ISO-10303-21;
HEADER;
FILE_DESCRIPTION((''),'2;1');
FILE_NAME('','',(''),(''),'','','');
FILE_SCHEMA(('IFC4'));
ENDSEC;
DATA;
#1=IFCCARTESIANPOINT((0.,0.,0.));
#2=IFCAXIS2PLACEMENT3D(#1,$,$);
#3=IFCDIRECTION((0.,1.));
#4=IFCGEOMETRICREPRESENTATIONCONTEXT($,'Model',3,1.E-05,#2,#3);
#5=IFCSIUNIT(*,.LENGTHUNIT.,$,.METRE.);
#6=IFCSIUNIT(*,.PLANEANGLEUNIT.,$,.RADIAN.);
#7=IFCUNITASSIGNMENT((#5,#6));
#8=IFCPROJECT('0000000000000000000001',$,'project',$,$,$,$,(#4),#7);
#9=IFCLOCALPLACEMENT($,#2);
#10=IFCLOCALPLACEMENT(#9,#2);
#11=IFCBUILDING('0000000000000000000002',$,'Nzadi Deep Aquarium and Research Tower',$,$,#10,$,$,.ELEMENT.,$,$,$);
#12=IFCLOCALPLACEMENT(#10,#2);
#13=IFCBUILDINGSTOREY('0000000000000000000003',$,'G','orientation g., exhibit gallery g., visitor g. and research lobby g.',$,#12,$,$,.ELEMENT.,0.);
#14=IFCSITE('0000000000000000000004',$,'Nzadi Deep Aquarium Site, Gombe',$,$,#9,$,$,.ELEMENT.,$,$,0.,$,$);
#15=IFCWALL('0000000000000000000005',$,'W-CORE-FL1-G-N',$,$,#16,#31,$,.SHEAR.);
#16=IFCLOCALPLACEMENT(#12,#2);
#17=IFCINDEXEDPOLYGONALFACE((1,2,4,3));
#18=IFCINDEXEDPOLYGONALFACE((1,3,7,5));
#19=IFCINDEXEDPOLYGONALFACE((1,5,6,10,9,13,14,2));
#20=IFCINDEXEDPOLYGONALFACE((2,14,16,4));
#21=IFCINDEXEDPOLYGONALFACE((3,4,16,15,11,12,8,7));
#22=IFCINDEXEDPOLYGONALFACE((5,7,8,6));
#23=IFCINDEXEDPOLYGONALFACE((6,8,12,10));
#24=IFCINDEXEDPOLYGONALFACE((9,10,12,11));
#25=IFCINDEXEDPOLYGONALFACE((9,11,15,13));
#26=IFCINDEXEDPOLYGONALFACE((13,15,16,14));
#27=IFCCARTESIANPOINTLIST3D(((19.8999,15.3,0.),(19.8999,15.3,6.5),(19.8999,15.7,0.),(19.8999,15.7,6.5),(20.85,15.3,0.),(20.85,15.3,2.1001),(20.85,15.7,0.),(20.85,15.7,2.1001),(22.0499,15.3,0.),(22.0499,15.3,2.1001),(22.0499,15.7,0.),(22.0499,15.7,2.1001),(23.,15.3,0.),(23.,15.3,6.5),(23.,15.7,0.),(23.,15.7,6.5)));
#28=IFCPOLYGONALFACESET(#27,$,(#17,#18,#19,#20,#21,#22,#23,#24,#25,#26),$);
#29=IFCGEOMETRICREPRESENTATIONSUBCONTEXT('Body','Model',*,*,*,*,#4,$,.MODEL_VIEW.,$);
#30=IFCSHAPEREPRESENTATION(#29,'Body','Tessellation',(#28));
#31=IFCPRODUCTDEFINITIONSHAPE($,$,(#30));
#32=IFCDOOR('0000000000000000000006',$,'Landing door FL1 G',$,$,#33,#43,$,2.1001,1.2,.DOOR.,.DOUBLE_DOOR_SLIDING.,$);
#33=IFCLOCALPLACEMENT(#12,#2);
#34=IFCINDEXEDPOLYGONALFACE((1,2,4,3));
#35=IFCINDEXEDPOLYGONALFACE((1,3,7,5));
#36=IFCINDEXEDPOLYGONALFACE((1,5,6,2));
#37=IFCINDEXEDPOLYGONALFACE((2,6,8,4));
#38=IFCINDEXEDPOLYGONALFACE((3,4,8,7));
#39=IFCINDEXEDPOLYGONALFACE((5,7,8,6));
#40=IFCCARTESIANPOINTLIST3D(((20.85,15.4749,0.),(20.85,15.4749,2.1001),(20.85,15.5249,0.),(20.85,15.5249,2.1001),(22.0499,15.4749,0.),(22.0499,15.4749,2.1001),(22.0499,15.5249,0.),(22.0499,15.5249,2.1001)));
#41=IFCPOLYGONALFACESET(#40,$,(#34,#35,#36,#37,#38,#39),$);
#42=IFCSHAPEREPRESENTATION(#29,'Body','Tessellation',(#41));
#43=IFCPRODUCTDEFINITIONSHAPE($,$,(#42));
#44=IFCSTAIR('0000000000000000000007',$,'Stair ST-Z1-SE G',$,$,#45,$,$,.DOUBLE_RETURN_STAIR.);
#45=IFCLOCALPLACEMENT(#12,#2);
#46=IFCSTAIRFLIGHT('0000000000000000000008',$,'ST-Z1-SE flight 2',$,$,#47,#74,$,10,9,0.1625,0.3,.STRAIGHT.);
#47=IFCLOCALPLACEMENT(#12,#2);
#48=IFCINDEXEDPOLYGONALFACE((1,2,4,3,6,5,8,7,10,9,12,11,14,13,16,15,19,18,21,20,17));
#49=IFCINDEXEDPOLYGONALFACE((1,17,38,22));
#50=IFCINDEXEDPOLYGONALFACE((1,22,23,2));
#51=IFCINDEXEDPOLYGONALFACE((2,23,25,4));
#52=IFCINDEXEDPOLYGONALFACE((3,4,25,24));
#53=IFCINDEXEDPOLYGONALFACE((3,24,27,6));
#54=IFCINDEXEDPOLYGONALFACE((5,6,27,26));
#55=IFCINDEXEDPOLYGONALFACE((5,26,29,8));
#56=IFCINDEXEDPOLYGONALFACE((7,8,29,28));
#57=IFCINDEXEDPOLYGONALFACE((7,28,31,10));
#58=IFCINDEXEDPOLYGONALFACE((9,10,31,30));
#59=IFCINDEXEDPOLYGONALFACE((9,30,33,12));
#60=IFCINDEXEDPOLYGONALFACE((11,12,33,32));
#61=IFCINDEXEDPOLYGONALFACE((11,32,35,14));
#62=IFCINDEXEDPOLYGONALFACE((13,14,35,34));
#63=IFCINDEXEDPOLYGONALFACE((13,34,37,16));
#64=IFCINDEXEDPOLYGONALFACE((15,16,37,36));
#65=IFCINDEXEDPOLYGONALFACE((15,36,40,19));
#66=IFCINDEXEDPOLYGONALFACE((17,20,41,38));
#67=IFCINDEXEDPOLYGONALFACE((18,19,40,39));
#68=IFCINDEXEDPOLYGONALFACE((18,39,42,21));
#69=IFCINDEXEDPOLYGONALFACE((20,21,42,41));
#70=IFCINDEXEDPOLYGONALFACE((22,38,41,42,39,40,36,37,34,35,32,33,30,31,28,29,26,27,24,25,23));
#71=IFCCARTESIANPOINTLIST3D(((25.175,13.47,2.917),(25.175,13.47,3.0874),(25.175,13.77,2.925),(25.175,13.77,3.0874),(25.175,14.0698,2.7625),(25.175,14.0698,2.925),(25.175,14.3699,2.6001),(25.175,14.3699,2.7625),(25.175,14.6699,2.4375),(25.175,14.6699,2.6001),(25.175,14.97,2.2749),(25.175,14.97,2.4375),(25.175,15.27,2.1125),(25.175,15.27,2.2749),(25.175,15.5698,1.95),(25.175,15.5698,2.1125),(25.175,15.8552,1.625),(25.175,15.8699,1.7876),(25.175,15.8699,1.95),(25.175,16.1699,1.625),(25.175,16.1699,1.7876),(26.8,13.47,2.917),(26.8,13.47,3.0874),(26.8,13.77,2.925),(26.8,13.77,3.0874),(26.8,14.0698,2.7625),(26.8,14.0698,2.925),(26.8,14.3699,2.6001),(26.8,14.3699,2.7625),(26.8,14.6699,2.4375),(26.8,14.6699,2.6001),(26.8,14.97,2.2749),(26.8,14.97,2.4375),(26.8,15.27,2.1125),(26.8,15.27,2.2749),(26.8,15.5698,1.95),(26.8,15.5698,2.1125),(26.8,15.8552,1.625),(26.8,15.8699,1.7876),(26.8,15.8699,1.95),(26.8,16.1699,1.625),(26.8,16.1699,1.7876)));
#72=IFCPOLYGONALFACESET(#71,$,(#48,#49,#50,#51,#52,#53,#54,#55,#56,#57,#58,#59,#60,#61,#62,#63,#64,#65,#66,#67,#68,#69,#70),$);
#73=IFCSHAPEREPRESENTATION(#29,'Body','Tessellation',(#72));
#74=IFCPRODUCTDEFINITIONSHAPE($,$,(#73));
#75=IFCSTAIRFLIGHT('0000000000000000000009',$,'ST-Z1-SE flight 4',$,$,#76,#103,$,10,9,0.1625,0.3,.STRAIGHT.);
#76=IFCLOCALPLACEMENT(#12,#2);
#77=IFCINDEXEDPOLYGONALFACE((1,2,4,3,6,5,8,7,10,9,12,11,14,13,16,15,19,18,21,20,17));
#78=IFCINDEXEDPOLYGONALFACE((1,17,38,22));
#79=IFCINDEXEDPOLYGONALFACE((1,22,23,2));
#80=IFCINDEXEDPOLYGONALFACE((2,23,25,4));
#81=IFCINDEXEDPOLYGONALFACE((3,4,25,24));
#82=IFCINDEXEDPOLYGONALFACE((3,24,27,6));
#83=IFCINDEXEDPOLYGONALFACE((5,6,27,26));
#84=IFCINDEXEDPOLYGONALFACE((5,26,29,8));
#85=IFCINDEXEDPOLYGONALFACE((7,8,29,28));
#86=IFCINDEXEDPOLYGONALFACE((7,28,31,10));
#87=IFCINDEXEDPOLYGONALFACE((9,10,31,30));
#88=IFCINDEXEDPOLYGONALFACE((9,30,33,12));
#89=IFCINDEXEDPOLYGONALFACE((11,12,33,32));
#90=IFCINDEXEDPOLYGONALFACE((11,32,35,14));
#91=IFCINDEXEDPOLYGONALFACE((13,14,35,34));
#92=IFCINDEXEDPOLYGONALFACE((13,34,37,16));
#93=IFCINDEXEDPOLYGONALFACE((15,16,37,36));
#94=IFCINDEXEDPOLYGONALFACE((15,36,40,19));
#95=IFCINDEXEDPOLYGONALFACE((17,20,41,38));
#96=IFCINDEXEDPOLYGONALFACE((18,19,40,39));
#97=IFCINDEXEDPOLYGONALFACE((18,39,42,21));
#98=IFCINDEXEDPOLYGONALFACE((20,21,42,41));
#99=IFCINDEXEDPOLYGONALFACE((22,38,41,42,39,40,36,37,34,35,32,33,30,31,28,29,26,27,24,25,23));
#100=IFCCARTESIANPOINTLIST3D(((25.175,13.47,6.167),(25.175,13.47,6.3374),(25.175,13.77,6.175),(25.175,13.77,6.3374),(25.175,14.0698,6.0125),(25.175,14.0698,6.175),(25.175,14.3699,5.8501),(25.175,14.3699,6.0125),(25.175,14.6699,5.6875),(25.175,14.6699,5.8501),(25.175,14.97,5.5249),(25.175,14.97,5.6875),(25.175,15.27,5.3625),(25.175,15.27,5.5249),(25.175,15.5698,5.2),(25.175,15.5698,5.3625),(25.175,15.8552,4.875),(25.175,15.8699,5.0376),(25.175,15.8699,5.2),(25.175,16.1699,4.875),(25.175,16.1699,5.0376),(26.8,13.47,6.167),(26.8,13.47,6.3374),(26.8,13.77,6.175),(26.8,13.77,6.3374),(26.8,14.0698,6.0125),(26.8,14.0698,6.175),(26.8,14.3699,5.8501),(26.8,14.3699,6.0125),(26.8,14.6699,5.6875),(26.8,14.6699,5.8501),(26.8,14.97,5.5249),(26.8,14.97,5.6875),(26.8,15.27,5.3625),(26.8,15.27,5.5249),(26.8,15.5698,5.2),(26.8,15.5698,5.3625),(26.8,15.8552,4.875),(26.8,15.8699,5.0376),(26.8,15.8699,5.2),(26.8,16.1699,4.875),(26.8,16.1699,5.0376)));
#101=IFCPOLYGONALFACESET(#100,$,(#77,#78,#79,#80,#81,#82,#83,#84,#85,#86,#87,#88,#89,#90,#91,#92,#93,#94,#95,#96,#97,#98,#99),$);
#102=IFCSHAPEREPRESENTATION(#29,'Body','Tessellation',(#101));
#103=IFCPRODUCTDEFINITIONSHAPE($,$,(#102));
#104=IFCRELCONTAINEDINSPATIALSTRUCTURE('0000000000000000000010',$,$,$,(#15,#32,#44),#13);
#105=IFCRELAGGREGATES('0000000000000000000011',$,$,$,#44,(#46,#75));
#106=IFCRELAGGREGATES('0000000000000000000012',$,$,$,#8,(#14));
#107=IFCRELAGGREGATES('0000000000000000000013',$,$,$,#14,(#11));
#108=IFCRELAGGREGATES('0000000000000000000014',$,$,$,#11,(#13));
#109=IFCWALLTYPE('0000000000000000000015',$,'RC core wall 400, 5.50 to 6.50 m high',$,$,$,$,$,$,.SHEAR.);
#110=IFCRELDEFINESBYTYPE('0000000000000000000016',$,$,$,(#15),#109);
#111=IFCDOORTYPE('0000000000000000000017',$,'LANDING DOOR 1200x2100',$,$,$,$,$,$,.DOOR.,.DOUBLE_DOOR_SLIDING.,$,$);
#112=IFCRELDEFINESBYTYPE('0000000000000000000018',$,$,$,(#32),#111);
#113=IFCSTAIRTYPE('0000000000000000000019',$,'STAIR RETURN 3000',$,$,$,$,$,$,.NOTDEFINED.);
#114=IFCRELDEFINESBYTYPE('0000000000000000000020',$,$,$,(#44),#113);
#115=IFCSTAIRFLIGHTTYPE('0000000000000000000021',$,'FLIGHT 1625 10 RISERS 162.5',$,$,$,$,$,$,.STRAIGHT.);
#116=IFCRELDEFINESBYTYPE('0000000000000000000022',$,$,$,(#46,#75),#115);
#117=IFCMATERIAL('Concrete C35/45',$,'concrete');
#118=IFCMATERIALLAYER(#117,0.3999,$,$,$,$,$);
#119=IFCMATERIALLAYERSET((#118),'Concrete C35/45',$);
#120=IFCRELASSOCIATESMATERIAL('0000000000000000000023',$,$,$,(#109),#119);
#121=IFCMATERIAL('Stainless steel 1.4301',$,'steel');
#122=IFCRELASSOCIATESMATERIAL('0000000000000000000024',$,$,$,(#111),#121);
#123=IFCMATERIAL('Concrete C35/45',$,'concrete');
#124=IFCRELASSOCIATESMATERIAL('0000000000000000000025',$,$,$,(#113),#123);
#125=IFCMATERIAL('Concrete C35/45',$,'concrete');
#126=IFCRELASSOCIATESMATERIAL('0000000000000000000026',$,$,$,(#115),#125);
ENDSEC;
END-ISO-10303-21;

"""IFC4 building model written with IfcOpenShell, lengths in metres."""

from ifc_helpers import new_model, si_unit, direction, frame, frame_2d, origin, place, context, subcontext, project, spatial, polyline, rectangle, outline, extrude, material, layer, layer_set, type_object, element, fill, aggregate, save


model = new_model("IFC4")

# Units and contexts
model_context = context("Model", 3, precision=1e-05, world=origin(), true_north=direction((0.0, 1.0)))
body_context = subcontext(model_context, "Body", "Model", "MODEL_VIEW")
ifc_project = project(units=[si_unit("LENGTHUNIT", "METRE"), si_unit("PLANEANGLEUNIT", "RADIAN")], contexts=[model_context])

# Site, building, storey
site_placement = place(None, origin())
site = spatial("IfcSite", under=ifc_project, at=site_placement, Name="Nzadi Deep Aquarium Site, Gombe", CompositionType="ELEMENT", RefElevation=0.0)
building_placement = place(site_placement, origin())
building = spatial("IfcBuilding", under=site, at=building_placement, Name="Nzadi Deep Aquarium and Research Tower", CompositionType="ELEMENT")
storey_placement = place(building_placement, origin())
storey = spatial("IfcBuildingStorey", under=building, at=storey_placement, Name="G", Description="orientation g., exhibit gallery g., visitor g. and research lobby g.", CompositionType="ELEMENT", Elevation=0.0)

# Shared definitions
ifc_material_1 = material(Name="Concrete C35/45", Category="concrete")
ifc_layer_1 = layer(ifc_material_1, 0.3999)
ifc_layer_set_1 = layer_set([ifc_layer_1], Name="Concrete C35/45")
wall_type_1 = type_object("IfcWallType", Name="RC core wall 400, 5.50 to 6.50 m high", PredefinedType="SHEAR", material=ifc_layer_set_1)

# Wall, opening, door
wall_1_placement = place(storey_placement, frame((19.8999, 15.5, 0.0), z_axis=(0.0, 0.0, 1.0), x_axis=(1.0, 0.0, 0.0)))
wall_1 = element("IfcWall", 1, at=wall_1_placement, inside=storey, type_object=wall_type_1, Name="W-CORE-FL1-G-N", PredefinedType="SHEAR", context=body_context, shape_type="SweptSolid", body=[
    extrude(rectangle(XDim=3.1001, YDim=0.3999, at=frame_2d((1.55, 0.0))), origin(), (0.0, 0.0, 1.0), 6.5),
])
opening_1_placement = place(wall_1_placement, frame((0.95, 0.0, 0.0)))
opening_1 = element("IfcOpeningElement", 2, at=opening_1_placement, cuts=wall_1, PredefinedType="OPENING", context=body_context, shape_type="SweptSolid", body=[
    extrude(rectangle(XDim=1.2, YDim=2.1001, at=frame_2d((0.6001, 1.05))), frame((0.0, 0.21, 0.0), z_axis=(0.0, -1.0, 0.0), x_axis=(1.0, 0.0, 0.0)), (0.0, 0.0, 1.0), 0.4199),
])
ifc_material_2 = material(Name="Stainless steel 1.4301", Category="steel")
door_type_1 = type_object("IfcDoorType", Name="LANDING DOOR 1200x2100", OperationType="DOUBLE_DOOR_SLIDING", PredefinedType="DOOR", material=ifc_material_2)
door_1_placement = place(opening_1_placement, origin())
door_1 = element("IfcDoor", 3, at=door_1_placement, inside=storey, type_object=door_type_1, Name="Landing door FL1 G", OperationType="DOUBLE_DOOR_SLIDING", OverallHeight=2.1001, OverallWidth=1.2, PredefinedType="DOOR", context=body_context, shape_type="SweptSolid", body=[
    extrude(rectangle(XDim=1.2, YDim=2.1001, at=frame_2d((0.6001, 1.05))), frame((0.0, 0.0249, 0.0), z_axis=(0.0, -1.0, 0.0), x_axis=(1.0, 0.0, 0.0)), (0.0, 0.0, 1.0), 0.05),
])
fill(opening_1, door_1)

# Stair, stair flights
ifc_material_3 = material(Name="Concrete C35/45", Category="concrete")
stair_type = type_object("IfcStairType", Name="STAIR RETURN 3000", PredefinedType="NOTDEFINED", material=ifc_material_3)
stair_placement = place(storey_placement, origin())
stair = element("IfcStair", 4, at=stair_placement, inside=storey, type_object=stair_type, Name="Stair ST-Z1-SE G", PredefinedType="DOUBLE_RETURN_STAIR")
ifc_material_4 = material(Name="Concrete C35/45", Category="concrete")
stair_flight_type = type_object("IfcStairFlightType", Name="FLIGHT 1625 10 RISERS 162.5", PredefinedType="STRAIGHT", material=ifc_material_4)
stair_flight_1_placement = place(storey_placement, frame((25.9875, 16.1699, 1.625), z_axis=(0.0, 0.0, 1.0), x_axis=(0.0, -1.0, 0.0)))
stair_flight_1 = element("IfcStairFlight", 5, at=stair_flight_1_placement, type_object=stair_flight_type, Name="ST-Z1-SE flight 2", NumberOfRisers=10, NumberOfTreads=9, PredefinedType="STRAIGHT", RiserHeight=0.1625, TreadLength=0.3, context=body_context, shape_type="SweptSolid", body=[
    extrude(outline(polyline([(0.0, 0.0), (0.0, 0.1626), (0.3, 0.1626), (0.3, 0.325), (0.6001, 0.325), (0.6001, 0.4875), (0.8999, 0.4875), (0.8999, 0.6499), (1.2, 0.6499), (1.2, 0.8125), (1.5, 0.8125), (1.5, 0.9751), (1.8, 0.9751), (1.8, 1.1375), (2.1001, 1.1375), (2.1001, 1.3), (2.3999, 1.3), (2.3999, 1.4624), (2.7, 1.4624), (2.7, 1.625), (2.7, 1.292), (0.3147, 0.0), (0.0, 0.0)])), frame((0.0, 0.8125, 0.0), z_axis=(0.0, -1.0, 0.0), x_axis=(1.0, 0.0, 0.0)), (0.0, 0.0, 1.0), 1.625),
])
stair_flight_2_placement = place(storey_placement, frame((25.9875, 16.1699, 4.875), z_axis=(0.0, 0.0, 1.0), x_axis=(0.0, -1.0, 0.0)))
stair_flight_2 = element("IfcStairFlight", 6, at=stair_flight_2_placement, type_object=stair_flight_type, Name="ST-Z1-SE flight 4", NumberOfRisers=10, NumberOfTreads=9, PredefinedType="STRAIGHT", RiserHeight=0.1625, TreadLength=0.3, context=body_context, shape_type="SweptSolid", body=[
    extrude(outline(polyline([(0.0, 0.0), (0.0, 0.1626), (0.3, 0.1626), (0.3, 0.325), (0.6001, 0.325), (0.6001, 0.4875), (0.8999, 0.4875), (0.8999, 0.6499), (1.2, 0.6499), (1.2, 0.8125), (1.5, 0.8125), (1.5, 0.9751), (1.8, 0.9751), (1.8, 1.1375), (2.1001, 1.1375), (2.1001, 1.3), (2.3999, 1.3), (2.3999, 1.4624), (2.7, 1.4624), (2.7, 1.625), (2.7, 1.292), (0.3147, 0.0), (0.0, 0.0)])), frame((0.0, 0.8125, 0.0), z_axis=(0.0, -1.0, 0.0), x_axis=(1.0, 0.0, 0.0)), (0.0, 0.0, 1.0), 1.625),
])
aggregate(stair, [stair_flight_1, stair_flight_2])

save(model, "model.ifc")
